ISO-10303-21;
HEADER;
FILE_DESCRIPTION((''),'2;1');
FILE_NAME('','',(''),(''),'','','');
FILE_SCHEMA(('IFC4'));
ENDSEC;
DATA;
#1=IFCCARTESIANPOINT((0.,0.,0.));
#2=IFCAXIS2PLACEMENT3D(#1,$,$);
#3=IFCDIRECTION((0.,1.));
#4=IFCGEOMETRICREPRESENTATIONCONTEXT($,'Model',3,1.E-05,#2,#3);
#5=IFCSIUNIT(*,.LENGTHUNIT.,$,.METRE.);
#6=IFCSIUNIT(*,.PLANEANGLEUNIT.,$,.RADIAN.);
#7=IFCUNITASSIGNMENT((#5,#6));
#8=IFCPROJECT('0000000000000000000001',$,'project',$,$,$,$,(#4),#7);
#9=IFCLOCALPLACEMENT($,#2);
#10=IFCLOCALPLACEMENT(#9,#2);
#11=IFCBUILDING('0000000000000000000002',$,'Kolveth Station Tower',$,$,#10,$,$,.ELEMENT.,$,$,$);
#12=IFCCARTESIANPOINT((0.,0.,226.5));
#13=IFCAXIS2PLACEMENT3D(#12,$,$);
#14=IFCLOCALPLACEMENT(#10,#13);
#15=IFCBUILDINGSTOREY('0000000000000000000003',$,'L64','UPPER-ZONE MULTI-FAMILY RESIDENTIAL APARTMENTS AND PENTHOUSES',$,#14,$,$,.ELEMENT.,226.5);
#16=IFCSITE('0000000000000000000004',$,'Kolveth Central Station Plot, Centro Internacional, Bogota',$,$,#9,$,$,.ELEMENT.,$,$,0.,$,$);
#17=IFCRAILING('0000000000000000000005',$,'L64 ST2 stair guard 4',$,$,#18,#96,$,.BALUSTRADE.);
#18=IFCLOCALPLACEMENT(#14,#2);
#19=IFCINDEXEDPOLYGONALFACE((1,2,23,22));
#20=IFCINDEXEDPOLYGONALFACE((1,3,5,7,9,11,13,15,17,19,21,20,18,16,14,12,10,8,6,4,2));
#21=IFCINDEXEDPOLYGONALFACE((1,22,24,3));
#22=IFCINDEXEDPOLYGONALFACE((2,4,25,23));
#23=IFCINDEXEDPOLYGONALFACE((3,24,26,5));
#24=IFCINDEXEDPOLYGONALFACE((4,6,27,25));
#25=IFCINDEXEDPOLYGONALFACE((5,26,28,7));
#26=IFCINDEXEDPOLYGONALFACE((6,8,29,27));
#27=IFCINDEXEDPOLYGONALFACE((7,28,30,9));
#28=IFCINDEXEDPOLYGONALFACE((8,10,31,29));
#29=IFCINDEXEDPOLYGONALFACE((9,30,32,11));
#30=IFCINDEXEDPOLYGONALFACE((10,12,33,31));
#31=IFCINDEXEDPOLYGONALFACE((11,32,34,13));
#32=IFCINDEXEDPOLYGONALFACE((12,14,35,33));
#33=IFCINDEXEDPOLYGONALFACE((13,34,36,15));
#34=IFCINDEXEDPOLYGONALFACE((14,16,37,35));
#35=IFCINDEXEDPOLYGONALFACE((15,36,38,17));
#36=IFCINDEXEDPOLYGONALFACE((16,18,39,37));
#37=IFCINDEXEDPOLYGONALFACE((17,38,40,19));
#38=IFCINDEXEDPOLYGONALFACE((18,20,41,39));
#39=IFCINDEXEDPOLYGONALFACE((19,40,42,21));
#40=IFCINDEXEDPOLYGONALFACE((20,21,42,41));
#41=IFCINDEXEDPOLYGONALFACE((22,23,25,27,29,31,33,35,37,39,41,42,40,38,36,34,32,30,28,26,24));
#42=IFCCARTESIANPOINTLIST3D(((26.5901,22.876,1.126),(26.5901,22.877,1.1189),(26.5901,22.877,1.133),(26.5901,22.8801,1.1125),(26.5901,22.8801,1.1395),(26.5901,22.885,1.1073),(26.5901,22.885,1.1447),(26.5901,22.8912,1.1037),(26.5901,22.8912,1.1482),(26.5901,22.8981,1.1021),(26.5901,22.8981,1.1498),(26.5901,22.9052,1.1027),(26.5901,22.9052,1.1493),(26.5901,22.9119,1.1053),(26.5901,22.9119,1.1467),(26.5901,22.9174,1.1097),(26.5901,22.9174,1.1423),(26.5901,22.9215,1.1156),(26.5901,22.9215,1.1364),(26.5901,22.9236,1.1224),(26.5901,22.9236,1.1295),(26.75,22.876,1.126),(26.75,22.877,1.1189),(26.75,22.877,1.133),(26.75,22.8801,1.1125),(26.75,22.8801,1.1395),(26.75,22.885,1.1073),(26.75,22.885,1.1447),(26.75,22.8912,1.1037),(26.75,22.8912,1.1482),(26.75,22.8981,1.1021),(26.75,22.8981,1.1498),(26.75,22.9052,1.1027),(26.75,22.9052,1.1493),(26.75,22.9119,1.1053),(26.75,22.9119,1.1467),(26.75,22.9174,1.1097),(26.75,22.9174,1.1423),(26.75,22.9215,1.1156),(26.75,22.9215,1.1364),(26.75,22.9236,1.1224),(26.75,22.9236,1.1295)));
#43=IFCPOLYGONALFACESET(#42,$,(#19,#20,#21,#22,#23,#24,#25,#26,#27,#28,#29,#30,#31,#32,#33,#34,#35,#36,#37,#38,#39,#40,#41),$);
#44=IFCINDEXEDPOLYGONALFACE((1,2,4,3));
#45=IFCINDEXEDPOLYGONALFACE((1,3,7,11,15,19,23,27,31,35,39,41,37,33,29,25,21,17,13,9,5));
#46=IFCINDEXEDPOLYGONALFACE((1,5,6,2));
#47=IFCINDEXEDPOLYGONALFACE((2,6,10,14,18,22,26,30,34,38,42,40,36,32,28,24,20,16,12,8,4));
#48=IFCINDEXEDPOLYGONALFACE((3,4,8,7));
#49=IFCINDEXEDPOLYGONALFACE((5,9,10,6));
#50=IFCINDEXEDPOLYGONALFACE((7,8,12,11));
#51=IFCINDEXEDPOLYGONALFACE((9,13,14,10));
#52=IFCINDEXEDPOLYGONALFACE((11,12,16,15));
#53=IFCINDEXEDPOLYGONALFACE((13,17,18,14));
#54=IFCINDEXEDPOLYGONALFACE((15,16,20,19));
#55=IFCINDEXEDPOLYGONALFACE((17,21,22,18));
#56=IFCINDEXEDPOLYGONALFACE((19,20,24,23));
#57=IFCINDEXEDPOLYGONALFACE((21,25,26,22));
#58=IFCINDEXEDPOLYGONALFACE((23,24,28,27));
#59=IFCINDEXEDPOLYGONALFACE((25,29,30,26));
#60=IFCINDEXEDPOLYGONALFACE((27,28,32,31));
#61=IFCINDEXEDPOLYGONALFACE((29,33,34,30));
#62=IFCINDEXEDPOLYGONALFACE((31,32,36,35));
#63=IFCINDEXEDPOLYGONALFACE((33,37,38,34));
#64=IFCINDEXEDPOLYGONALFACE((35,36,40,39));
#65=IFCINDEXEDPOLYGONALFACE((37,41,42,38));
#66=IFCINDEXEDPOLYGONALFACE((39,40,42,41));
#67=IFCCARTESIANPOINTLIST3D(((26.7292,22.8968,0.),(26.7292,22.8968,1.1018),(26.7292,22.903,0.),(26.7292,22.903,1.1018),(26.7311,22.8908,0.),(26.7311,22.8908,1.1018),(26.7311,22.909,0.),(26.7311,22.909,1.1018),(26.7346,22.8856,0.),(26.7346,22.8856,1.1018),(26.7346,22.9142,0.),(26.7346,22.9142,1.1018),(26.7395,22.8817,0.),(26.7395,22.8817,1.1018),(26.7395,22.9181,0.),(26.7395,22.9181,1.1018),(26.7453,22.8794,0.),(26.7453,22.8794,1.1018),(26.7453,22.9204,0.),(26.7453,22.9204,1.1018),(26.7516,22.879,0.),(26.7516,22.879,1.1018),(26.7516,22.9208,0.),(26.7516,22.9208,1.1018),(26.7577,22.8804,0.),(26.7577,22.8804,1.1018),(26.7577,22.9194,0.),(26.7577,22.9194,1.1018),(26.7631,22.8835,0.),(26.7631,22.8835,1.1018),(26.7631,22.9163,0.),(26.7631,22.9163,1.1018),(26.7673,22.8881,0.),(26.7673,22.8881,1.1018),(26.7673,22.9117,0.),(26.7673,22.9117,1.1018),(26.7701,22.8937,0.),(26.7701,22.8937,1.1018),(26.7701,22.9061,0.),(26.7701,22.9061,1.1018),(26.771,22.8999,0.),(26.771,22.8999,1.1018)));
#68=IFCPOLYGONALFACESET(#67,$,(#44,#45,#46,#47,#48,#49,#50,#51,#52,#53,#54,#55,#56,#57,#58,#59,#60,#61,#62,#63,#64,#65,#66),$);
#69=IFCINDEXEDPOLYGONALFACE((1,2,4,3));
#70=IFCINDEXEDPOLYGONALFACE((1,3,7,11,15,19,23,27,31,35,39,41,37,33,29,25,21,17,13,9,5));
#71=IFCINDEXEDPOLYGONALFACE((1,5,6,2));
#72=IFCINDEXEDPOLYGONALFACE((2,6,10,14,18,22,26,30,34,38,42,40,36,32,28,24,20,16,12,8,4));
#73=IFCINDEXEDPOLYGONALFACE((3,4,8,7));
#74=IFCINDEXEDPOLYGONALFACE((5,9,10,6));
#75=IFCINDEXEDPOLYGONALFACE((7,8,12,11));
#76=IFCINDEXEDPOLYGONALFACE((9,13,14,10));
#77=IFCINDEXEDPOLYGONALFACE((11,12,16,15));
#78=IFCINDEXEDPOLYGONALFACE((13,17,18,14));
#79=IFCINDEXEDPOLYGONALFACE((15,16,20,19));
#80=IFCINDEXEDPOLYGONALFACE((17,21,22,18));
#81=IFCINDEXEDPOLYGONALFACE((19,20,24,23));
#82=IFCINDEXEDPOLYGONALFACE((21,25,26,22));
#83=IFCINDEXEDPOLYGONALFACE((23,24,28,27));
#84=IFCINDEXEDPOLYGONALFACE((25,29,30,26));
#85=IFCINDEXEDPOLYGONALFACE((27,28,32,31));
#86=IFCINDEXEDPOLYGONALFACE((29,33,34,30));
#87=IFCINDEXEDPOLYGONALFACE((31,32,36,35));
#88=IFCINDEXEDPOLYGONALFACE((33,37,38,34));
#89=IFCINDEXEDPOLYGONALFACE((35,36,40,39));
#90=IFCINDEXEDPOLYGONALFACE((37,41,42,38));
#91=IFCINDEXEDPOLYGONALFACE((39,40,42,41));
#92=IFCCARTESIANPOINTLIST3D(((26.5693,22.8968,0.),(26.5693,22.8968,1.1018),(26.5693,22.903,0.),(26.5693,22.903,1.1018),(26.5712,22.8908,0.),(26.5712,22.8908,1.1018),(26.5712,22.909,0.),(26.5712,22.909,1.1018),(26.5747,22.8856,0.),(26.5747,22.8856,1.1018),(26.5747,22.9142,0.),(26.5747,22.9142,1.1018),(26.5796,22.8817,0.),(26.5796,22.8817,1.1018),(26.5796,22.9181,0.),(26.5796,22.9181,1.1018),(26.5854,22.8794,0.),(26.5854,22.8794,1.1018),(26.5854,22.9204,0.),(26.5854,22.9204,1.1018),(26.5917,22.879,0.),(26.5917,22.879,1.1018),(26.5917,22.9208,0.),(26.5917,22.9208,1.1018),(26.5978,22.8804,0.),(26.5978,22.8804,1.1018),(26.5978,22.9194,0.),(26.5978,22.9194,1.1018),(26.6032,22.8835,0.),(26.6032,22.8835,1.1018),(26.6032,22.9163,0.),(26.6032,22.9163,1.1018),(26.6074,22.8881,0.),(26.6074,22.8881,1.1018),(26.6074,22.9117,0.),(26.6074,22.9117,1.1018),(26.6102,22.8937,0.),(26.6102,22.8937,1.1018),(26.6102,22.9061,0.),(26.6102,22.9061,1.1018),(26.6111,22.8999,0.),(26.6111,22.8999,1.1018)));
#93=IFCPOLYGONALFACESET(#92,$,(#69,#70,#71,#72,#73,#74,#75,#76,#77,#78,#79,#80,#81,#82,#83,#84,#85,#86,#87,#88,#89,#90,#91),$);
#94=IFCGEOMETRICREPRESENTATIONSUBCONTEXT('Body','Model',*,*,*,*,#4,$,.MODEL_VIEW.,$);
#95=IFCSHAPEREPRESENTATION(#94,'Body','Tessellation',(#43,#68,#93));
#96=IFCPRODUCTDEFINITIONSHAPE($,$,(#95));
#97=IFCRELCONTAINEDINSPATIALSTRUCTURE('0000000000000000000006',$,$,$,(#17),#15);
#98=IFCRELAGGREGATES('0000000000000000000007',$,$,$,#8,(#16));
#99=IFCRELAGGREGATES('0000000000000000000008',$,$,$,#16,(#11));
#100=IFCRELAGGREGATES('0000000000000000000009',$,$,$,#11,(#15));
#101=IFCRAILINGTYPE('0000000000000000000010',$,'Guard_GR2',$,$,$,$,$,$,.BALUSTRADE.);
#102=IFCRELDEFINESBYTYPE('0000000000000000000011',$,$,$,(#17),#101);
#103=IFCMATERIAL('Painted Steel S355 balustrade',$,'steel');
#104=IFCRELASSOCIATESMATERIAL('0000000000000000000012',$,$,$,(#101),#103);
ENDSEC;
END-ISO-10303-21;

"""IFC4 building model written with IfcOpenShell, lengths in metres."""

from ifc_helpers import new_model, si_unit, direction, frame, origin, origin_2d, place, context, subcontext, project, spatial, circle, extrude, material, type_object, element, save


model = new_model("IFC4")

# Units and contexts
model_context = context("Model", 3, precision=1e-05, world=origin(), true_north=direction((0.0, 1.0)))
body_context = subcontext(model_context, "Body", "Model", "MODEL_VIEW")
ifc_project = project(units=[si_unit("LENGTHUNIT", "METRE"), si_unit("PLANEANGLEUNIT", "RADIAN")], contexts=[model_context])

# Site, building, storey
site_placement = place(None, origin())
site = spatial("IfcSite", under=ifc_project, at=site_placement, Name="Kolveth Central Station Plot, Centro Internacional, Bogota", CompositionType="ELEMENT", RefElevation=0.0)
building_placement = place(site_placement, origin())
building = spatial("IfcBuilding", under=site, at=building_placement, Name="Kolveth Station Tower", CompositionType="ELEMENT")
storey_placement = place(building_placement, frame((0.0, 0.0, 226.5)))
storey = spatial("IfcBuildingStorey", under=building, at=storey_placement, Name="L64", Description="UPPER-ZONE MULTI-FAMILY RESIDENTIAL APARTMENTS AND PENTHOUSES", CompositionType="ELEMENT", Elevation=226.5)

# Railing
ifc_material_1 = material(Name="Painted Steel S355 balustrade", Category="steel")
railing_type_1 = type_object("IfcRailingType", Name="Guard_GR2", PredefinedType="BALUSTRADE", material=ifc_material_1)
railing_1_placement = place(storey_placement, frame((26.75, 22.8999, 0.0)))
element("IfcRailing", 1, at=railing_1_placement, inside=storey, type_object=railing_type_1, Name="L64 ST2 stair guard 4", PredefinedType="BALUSTRADE", context=body_context, shape_type="SweptSolid", body=[
    extrude(circle(Radius=0.0239, at=origin_2d()), frame((0.0, 0.0, 1.126), z_axis=(-1.0, 0.0, 0.0), x_axis=(0.0, -1.0, 0.0)), (0.0, 0.0, 1.0), 0.1599),
    extrude(circle(Radius=0.021, at=origin_2d()), origin(), (0.0, 0.0, 1.0), 1.1018),
    extrude(circle(Radius=0.021, at=origin_2d()), frame((-0.1599, 0.0, 0.0)), (0.0, 0.0, 1.0), 1.1018),
])

save(model, "model.ifc")
